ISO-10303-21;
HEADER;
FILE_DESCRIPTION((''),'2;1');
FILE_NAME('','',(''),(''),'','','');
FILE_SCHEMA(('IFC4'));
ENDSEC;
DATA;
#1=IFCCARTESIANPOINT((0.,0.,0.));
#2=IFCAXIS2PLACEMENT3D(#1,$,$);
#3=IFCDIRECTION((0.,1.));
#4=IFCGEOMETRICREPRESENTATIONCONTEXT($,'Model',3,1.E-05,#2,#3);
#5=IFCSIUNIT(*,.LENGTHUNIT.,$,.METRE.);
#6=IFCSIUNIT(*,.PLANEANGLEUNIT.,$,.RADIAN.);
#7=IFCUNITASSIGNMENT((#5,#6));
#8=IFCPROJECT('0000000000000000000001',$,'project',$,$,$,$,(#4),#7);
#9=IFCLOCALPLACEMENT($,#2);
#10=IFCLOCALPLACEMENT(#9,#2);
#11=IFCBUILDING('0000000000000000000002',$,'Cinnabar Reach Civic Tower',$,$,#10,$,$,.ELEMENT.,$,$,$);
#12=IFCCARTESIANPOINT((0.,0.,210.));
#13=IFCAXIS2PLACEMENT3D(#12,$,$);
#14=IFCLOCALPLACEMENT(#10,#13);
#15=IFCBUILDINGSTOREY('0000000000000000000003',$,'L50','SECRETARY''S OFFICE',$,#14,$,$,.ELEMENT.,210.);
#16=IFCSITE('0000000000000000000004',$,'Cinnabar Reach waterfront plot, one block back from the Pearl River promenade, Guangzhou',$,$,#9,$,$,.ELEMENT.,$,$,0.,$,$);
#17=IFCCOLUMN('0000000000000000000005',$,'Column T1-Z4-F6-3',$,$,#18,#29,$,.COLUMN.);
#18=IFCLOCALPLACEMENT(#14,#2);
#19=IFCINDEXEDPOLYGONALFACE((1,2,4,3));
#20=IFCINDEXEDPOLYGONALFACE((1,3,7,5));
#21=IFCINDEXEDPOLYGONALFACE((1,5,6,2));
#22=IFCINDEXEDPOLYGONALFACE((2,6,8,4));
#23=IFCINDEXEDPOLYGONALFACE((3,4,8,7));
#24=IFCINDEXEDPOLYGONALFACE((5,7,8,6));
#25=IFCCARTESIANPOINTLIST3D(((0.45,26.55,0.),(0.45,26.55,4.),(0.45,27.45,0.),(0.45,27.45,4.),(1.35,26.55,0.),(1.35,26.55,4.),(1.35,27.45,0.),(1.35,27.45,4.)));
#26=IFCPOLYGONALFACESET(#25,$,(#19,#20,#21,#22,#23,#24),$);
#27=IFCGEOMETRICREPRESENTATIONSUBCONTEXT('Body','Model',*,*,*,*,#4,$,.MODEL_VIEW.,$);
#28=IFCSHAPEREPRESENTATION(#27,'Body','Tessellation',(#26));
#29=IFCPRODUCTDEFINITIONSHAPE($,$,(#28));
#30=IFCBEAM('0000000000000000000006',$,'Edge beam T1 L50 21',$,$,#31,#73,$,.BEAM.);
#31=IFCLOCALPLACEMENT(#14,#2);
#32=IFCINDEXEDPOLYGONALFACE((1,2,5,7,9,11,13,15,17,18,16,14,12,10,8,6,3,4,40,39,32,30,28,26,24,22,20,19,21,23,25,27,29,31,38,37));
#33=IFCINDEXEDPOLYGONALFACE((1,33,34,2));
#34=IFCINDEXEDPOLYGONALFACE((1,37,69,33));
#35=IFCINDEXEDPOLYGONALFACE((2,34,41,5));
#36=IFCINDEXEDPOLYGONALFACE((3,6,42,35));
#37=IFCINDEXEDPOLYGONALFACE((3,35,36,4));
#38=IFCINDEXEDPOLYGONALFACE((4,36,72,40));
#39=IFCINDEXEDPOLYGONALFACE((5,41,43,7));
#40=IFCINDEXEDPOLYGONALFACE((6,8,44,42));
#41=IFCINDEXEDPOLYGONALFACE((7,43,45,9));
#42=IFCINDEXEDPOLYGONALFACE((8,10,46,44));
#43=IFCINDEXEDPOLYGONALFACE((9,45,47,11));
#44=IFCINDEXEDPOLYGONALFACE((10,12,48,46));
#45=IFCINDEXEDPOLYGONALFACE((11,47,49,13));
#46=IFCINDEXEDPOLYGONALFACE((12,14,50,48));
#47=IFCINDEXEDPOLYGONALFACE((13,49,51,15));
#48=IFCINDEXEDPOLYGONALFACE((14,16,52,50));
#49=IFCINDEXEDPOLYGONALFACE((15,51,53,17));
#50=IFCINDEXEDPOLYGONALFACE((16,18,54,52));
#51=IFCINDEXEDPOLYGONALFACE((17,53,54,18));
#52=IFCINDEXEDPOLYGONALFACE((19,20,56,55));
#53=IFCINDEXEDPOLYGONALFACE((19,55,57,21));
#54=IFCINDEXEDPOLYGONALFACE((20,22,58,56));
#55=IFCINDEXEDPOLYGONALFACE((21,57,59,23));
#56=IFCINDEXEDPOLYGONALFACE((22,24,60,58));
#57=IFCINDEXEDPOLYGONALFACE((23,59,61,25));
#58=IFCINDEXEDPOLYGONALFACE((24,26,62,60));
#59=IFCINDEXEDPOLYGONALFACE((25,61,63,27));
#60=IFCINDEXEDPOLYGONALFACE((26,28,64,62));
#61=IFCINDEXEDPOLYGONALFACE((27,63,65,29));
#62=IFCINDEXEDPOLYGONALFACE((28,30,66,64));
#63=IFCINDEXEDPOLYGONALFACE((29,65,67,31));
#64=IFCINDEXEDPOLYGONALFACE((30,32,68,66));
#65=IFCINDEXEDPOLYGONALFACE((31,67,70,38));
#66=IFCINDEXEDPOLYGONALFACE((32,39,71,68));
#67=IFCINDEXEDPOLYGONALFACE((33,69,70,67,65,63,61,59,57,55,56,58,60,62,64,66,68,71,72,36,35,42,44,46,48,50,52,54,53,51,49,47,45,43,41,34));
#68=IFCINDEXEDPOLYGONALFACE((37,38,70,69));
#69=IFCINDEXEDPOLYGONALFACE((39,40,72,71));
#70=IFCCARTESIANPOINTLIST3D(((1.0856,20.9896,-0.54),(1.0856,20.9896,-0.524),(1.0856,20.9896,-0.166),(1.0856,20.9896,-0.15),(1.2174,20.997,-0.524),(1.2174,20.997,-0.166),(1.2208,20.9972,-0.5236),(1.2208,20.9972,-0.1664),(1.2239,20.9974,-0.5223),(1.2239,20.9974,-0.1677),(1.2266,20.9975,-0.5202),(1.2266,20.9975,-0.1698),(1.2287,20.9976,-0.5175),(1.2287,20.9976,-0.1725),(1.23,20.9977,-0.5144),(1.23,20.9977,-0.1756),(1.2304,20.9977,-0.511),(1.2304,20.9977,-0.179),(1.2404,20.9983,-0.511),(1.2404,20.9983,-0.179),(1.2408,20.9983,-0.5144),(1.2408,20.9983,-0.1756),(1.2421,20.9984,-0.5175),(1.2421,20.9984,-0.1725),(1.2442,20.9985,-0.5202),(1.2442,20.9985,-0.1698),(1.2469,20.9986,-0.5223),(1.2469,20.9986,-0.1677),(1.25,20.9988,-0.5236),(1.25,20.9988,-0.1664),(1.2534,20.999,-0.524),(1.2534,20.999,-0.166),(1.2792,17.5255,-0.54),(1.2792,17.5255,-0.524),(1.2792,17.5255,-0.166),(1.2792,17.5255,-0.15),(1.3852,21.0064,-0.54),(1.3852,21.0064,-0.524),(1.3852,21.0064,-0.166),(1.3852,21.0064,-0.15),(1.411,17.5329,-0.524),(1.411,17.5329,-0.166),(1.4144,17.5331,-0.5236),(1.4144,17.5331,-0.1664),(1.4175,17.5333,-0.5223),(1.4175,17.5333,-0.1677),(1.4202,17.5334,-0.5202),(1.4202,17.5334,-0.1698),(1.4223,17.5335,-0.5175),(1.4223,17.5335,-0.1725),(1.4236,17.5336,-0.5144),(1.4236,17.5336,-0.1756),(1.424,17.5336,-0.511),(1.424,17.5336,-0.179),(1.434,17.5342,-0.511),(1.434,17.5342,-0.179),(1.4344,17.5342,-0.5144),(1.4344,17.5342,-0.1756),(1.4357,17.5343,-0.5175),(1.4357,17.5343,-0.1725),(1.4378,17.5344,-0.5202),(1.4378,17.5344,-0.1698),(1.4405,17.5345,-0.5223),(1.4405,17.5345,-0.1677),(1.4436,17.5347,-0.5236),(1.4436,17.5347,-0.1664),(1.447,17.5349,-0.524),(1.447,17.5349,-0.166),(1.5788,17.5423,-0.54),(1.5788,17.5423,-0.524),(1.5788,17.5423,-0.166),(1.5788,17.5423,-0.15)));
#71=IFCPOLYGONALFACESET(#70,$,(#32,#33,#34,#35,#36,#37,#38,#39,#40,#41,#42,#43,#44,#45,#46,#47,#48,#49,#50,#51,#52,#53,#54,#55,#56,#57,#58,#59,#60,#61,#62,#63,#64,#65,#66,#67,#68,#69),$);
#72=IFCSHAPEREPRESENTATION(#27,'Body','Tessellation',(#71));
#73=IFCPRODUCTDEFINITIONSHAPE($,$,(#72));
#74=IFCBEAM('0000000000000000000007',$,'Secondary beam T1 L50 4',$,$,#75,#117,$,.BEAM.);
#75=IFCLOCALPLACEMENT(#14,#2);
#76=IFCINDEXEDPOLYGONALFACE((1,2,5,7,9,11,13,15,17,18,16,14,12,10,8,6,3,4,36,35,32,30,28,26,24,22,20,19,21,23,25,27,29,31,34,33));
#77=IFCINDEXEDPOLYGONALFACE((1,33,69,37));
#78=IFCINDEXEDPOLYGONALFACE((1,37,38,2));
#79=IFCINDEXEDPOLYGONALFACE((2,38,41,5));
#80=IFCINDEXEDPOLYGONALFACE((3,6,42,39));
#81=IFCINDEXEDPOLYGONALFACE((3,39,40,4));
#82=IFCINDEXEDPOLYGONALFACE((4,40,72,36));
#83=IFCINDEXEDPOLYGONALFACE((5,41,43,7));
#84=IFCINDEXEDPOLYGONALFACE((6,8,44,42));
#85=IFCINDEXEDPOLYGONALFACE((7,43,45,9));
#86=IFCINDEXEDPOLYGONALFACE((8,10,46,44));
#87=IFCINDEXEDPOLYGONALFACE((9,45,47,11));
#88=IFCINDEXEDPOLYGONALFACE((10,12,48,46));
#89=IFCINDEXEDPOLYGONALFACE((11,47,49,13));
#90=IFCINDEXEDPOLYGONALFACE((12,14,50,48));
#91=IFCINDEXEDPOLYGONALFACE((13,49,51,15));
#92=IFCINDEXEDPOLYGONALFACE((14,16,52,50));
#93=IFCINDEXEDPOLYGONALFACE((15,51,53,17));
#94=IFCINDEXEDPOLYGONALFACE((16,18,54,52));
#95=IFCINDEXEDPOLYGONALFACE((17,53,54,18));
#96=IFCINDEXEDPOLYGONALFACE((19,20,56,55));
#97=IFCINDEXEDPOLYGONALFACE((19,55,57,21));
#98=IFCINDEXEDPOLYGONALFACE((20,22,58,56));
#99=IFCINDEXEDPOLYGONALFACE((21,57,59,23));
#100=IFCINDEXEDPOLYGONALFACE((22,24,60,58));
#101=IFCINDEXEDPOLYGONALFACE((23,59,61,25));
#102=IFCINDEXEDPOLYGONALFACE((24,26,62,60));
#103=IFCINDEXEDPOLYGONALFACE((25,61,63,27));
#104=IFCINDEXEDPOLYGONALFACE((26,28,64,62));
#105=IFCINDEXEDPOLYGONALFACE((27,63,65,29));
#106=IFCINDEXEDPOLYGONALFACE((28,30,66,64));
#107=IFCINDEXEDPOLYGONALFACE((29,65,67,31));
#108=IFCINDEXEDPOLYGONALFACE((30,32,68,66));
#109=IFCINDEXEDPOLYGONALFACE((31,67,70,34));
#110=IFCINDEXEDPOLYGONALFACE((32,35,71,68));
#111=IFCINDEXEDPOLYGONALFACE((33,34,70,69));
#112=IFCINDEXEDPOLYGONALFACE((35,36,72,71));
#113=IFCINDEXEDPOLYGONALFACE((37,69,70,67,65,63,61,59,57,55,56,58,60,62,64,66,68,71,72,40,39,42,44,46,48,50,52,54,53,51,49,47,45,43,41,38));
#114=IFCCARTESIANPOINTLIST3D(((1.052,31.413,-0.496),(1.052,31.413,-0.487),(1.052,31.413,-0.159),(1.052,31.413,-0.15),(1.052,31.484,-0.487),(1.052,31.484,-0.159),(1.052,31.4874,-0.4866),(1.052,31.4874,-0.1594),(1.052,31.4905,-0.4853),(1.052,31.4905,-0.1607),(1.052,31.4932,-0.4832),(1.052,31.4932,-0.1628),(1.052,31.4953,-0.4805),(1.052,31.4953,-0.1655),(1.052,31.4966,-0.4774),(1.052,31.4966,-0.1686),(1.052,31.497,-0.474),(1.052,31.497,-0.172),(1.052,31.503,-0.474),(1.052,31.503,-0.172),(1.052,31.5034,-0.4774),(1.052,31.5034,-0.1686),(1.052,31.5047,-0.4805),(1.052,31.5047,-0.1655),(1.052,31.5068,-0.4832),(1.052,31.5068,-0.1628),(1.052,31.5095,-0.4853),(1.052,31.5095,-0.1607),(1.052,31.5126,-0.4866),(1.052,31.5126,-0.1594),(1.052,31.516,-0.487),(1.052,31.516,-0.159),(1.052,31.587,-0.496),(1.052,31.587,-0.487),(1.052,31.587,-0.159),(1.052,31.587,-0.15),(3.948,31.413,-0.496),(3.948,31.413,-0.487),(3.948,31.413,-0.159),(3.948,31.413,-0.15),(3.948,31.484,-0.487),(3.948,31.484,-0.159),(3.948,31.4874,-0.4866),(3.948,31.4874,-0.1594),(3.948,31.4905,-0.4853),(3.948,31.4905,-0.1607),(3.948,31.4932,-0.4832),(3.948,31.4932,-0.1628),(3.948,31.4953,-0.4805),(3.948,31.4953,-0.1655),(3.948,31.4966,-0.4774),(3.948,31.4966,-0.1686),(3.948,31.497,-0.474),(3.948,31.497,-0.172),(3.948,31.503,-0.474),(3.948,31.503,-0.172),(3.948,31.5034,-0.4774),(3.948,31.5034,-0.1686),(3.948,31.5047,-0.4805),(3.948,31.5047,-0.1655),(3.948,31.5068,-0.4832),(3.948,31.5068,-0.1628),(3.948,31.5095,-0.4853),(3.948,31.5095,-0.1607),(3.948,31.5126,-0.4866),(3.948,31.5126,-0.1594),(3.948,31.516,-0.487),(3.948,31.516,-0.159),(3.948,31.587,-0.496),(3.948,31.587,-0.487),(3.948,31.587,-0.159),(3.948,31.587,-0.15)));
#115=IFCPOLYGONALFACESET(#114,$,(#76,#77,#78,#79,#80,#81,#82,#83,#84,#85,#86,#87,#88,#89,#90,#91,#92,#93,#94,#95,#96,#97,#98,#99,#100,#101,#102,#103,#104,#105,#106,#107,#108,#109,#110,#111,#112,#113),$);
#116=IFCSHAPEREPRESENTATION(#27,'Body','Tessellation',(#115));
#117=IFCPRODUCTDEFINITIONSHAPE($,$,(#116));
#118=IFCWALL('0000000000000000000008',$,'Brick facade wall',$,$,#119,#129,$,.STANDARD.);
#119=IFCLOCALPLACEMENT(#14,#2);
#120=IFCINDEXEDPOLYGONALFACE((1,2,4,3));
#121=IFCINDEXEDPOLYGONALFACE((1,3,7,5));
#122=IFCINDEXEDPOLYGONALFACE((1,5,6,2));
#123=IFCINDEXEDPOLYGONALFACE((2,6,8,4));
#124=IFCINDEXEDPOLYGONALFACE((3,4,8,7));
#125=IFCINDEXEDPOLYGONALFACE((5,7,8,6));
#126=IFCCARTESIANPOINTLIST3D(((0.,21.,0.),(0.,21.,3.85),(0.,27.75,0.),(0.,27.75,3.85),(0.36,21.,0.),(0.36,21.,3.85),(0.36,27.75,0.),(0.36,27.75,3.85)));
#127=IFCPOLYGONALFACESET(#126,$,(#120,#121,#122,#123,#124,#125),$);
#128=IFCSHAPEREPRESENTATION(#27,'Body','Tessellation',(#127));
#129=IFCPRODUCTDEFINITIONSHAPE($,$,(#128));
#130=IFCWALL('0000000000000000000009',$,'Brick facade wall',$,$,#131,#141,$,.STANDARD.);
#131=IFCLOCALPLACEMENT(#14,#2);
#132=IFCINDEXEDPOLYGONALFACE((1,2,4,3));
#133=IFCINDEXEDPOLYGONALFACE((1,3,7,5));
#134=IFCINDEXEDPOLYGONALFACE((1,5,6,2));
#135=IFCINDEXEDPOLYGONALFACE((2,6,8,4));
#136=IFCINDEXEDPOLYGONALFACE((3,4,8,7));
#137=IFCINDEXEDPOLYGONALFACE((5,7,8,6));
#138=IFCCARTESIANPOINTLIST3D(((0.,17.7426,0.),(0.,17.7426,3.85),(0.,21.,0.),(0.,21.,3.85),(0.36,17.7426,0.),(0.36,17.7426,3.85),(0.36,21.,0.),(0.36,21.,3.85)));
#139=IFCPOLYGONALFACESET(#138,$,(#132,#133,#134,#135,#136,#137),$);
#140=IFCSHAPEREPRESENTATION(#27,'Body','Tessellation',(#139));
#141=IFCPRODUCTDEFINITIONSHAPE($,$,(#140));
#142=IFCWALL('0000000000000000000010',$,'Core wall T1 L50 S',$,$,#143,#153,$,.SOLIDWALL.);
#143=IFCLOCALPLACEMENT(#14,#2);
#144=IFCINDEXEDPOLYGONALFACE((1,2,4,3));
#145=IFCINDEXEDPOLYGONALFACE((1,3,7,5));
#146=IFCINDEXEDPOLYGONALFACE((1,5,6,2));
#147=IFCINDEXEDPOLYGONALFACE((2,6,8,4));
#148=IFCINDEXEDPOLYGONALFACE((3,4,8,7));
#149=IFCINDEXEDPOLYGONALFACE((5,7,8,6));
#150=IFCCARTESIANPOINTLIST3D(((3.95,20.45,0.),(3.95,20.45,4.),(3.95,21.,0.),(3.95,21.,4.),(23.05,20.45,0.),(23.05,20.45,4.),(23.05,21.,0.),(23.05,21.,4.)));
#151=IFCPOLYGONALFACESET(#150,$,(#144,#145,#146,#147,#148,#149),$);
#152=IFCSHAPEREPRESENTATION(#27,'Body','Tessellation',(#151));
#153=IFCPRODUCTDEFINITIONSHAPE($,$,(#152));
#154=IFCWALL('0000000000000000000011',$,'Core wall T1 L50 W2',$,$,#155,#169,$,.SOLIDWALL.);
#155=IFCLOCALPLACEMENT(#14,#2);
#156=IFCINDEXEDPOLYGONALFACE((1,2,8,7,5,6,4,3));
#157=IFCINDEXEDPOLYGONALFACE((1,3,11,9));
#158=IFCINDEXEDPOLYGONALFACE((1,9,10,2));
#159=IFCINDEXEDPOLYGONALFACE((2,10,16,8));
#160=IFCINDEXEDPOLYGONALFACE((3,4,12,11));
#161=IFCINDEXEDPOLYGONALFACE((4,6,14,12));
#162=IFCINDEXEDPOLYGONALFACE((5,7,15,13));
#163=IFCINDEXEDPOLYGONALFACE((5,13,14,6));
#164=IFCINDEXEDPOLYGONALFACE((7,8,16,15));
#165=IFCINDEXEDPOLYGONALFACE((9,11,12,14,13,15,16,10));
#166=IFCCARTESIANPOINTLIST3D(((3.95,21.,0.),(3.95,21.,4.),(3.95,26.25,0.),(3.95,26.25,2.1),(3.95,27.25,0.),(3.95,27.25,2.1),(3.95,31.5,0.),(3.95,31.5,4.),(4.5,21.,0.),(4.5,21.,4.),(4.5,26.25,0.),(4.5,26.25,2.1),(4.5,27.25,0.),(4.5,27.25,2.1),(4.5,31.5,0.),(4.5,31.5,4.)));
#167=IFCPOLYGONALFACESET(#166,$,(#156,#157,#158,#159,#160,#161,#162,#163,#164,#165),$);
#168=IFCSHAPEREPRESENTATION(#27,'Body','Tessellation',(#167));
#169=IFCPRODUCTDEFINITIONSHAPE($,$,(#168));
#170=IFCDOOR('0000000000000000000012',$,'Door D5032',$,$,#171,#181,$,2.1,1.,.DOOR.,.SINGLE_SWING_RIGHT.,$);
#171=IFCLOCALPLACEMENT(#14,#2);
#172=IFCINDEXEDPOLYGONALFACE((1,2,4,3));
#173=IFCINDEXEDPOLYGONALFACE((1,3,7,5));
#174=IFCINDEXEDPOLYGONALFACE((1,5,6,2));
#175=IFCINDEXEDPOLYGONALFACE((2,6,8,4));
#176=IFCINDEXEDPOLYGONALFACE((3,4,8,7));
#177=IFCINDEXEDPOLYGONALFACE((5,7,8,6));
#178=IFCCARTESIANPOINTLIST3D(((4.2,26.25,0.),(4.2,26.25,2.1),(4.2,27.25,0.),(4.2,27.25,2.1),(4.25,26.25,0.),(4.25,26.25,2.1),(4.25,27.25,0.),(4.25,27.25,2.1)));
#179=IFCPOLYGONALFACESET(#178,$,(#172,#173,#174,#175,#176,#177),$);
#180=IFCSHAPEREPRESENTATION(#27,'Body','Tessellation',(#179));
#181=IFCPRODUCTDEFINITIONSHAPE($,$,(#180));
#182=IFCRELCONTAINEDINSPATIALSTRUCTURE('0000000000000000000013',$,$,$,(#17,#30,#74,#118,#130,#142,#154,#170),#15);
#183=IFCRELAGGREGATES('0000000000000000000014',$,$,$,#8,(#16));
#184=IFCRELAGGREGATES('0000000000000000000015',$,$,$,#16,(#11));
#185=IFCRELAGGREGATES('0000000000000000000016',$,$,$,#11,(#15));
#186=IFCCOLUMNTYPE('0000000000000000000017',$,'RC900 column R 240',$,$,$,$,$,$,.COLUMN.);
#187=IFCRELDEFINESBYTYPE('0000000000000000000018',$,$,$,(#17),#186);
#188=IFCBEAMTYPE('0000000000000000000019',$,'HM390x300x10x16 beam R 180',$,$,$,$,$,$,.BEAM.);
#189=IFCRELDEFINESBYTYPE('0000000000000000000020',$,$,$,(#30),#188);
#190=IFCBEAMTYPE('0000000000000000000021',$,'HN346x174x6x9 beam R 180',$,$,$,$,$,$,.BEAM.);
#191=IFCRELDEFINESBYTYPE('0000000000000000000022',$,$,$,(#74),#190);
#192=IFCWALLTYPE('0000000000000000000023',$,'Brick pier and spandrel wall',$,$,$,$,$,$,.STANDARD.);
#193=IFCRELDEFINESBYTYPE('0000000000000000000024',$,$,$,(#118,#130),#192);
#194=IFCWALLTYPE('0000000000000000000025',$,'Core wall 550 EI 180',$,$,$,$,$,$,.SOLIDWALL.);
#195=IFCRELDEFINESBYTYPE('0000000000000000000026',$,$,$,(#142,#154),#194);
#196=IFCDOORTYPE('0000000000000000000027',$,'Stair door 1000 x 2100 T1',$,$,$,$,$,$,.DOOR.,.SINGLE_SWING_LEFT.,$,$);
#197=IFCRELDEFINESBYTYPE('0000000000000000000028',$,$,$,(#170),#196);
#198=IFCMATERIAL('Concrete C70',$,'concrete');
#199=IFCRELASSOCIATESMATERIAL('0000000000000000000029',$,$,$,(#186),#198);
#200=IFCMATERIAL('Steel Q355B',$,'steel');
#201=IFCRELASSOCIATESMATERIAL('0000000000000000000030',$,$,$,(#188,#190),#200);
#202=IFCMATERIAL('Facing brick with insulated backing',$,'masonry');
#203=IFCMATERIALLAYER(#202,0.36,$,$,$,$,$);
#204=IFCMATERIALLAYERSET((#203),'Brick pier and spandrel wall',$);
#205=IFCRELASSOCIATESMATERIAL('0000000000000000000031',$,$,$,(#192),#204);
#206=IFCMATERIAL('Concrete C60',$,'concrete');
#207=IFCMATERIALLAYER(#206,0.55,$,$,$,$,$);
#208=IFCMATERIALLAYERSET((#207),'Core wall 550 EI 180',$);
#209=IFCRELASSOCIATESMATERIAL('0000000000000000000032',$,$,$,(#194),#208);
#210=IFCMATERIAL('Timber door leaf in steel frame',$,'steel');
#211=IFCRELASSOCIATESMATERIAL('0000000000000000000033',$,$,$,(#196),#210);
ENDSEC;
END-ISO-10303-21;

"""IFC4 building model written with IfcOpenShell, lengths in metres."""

from ifc_helpers import new_model, si_unit, direction, frame, frame_2d, origin, origin_2d, place, context, subcontext, project, spatial, rectangle, i_section, extrude, material, layer, layer_set, material_profile, profile_set, type_object, element, fill, save


model = new_model("IFC4")

# Units and contexts
model_context = context("Model", 3, precision=1e-05, world=origin(), true_north=direction((0.0, 1.0)))
body_context = subcontext(model_context, "Body", "Model", "MODEL_VIEW")
ifc_project = project(units=[si_unit("LENGTHUNIT", "METRE"), si_unit("PLANEANGLEUNIT", "RADIAN")], contexts=[model_context])

# Site, building, storey
site_placement = place(None, origin())
site = spatial("IfcSite", under=ifc_project, at=site_placement, Name="Cinnabar Reach waterfront plot, one block back from the Pearl River promenade, Guangzhou", CompositionType="ELEMENT", RefElevation=0.0)
building_placement = place(site_placement, origin())
building = spatial("IfcBuilding", under=site, at=building_placement, Name="Cinnabar Reach Civic Tower", CompositionType="ELEMENT")
storey_placement = place(building_placement, frame((0.0, 0.0, 210.0)))
storey = spatial("IfcBuildingStorey", under=building, at=storey_placement, Name="L50", Description="SECRETARY'S OFFICE", CompositionType="ELEMENT", Elevation=210.0)

# Column
ifc_material_1 = material(Name="Concrete C70", Category="concrete")
ifc_material_profile_1 = material_profile(ifc_material_1, rectangle(XDim=0.9, YDim=0.9, at=origin_2d()), Name="RC900")
ifc_profile_set_1 = profile_set([ifc_material_profile_1], Name="Concrete C70")
column_type = type_object("IfcColumnType", Name="RC900 column R 240", PredefinedType="COLUMN", material=ifc_profile_set_1)
column_placement = place(storey_placement, frame((0.9, 27.0, 0.0), z_axis=(0.0, 0.0, 1.0), x_axis=(1.0, 0.0, 0.0)))
element("IfcColumn", 1, at=column_placement, inside=storey, type_object=column_type, Name="Column T1-Z4-F6-3", PredefinedType="COLUMN", context=body_context, shape_type="SweptSolid", body=[
    extrude(rectangle(XDim=0.9, YDim=0.9, at=origin_2d()), origin(), (0.0, 0.0, 1.0), 4.0),
])

# Beams
ifc_material_2 = material(Name="Steel Q355B", Category="steel")
ifc_material_profile_2 = material_profile(ifc_material_2, i_section(OverallWidth=0.3, OverallDepth=0.39, WebThickness=0.01, FlangeThickness=0.016, FilletRadius=0.013, at=origin_2d()), Name="HM390x300x10x16")
ifc_profile_set_2 = profile_set([ifc_material_profile_2], Name="Steel Q355B")
beam_type_1 = type_object("IfcBeamType", Name="HM390x300x10x16 beam R 180", PredefinedType="BEAM", material=ifc_profile_set_2)
beam_1_placement = place(storey_placement, frame((1.2354, 20.998, -0.345), z_axis=(0.0558, -0.998442, 0.0), x_axis=(0.998442, 0.0558, 0.0)))
element("IfcBeam", 2, at=beam_1_placement, inside=storey, type_object=beam_type_1, Name="Edge beam T1 L50 21", PredefinedType="BEAM", context=body_context, shape_type="SweptSolid", body=[
    extrude(i_section(OverallWidth=0.3, OverallDepth=0.39, WebThickness=0.01, FlangeThickness=0.016, FilletRadius=0.013, at=origin_2d()), origin(), (0.0, 0.0, 1.0), 3.4695),
])
ifc_material_profile_3 = material_profile(ifc_material_2, i_section(OverallWidth=0.174, OverallDepth=0.346, WebThickness=0.006, FlangeThickness=0.009, FilletRadius=0.013, at=origin_2d()), Name="HN346x174x6x9")
ifc_profile_set_3 = profile_set([ifc_material_profile_3], Name="Steel Q355B")
beam_type_2 = type_object("IfcBeamType", Name="HN346x174x6x9 beam R 180", PredefinedType="BEAM", material=ifc_profile_set_3)
beam_2_placement = place(storey_placement, frame((1.052, 31.5, -0.323), z_axis=(1.0, 0.0, 0.0), x_axis=(0.0, 1.0, 0.0)))
element("IfcBeam", 3, at=beam_2_placement, inside=storey, type_object=beam_type_2, Name="Secondary beam T1 L50 4", PredefinedType="BEAM", context=body_context, shape_type="SweptSolid", body=[
    extrude(i_section(OverallWidth=0.174, OverallDepth=0.346, WebThickness=0.006, FlangeThickness=0.009, FilletRadius=0.013, at=origin_2d()), origin(), (0.0, 0.0, 1.0), 2.896),
])

# Walls
ifc_material_3 = material(Name="Facing brick with insulated backing", Category="masonry")
ifc_layer_1 = layer(ifc_material_3, 0.36)
ifc_layer_set_1 = layer_set([ifc_layer_1], Name="Brick pier and spandrel wall")
wall_type_1 = type_object("IfcWallType", Name="Brick pier and spandrel wall", PredefinedType="STANDARD", material=ifc_layer_set_1)
wall_1_placement = place(storey_placement, frame((0.18, 27.75, 0.0), z_axis=(0.0, 0.0, 1.0), x_axis=(0.0, -1.0, 0.0)))
element("IfcWall", 4, at=wall_1_placement, inside=storey, type_object=wall_type_1, Name="Brick facade wall", PredefinedType="STANDARD", context=body_context, shape_type="SweptSolid", body=[
    extrude(rectangle(XDim=6.75, YDim=0.36, at=frame_2d((3.375, 0.0))), origin(), (0.0, 0.0, 1.0), 3.85),
])
wall_2_placement = place(storey_placement, frame((0.18, 21.0, 0.0), z_axis=(0.0, 0.0, 1.0), x_axis=(0.0, -1.0, 0.0)))
element("IfcWall", 5, at=wall_2_placement, inside=storey, type_object=wall_type_1, Name="Brick facade wall", PredefinedType="STANDARD", context=body_context, shape_type="SweptSolid", body=[
    extrude(rectangle(XDim=3.2574, YDim=0.36, at=frame_2d((1.6287, 0.0))), origin(), (0.0, 0.0, 1.0), 3.85),
])
ifc_material_4 = material(Name="Concrete C60", Category="concrete")
ifc_layer_2 = layer(ifc_material_4, 0.55)
ifc_layer_set_2 = layer_set([ifc_layer_2], Name="Core wall 550 EI 180")
wall_type_2 = type_object("IfcWallType", Name="Core wall 550 EI 180", PredefinedType="SOLIDWALL", material=ifc_layer_set_2)
wall_3_placement = place(storey_placement, frame((3.95, 20.725, 0.0), z_axis=(0.0, 0.0, 1.0), x_axis=(1.0, 0.0, 0.0)))
element("IfcWall", 6, at=wall_3_placement, inside=storey, type_object=wall_type_2, Name="Core wall T1 L50 S", PredefinedType="SOLIDWALL", context=body_context, shape_type="SweptSolid", body=[
    extrude(rectangle(XDim=19.1, YDim=0.55, at=frame_2d((9.55, 0.0))), origin(), (0.0, 0.0, 1.0), 4.0),
])

# Wall, opening, door
wall_4_placement = place(storey_placement, frame((4.225, 31.5, 0.0), z_axis=(0.0, 0.0, 1.0), x_axis=(0.0, -1.0, 0.0)))
wall_4 = element("IfcWall", 7, at=wall_4_placement, inside=storey, type_object=wall_type_2, Name="Core wall T1 L50 W2", PredefinedType="SOLIDWALL", context=body_context, shape_type="SweptSolid", body=[
    extrude(rectangle(XDim=10.5, YDim=0.55, at=frame_2d((5.25, 0.0))), origin(), (0.0, 0.0, 1.0), 4.0),
])
opening_1_placement = place(wall_4_placement, frame((4.25, 0.0, 0.0)))
opening_1 = element("IfcOpeningElement", 8, at=opening_1_placement, cuts=wall_4, PredefinedType="OPENING", context=body_context, shape_type="SweptSolid", body=[
    extrude(rectangle(XDim=1.0, YDim=2.1, at=frame_2d((0.5, 1.05))), frame((0.0, 0.285, 0.0), z_axis=(0.0, -1.0, 0.0), x_axis=(1.0, 0.0, 0.0)), (0.0, 0.0, 1.0), 0.57),
])
ifc_material_5 = material(Name="Timber door leaf in steel frame", Category="steel")
door_type_1 = type_object("IfcDoorType", Name="Stair door 1000 x 2100 T1", OperationType="SINGLE_SWING_LEFT", PredefinedType="DOOR", material=ifc_material_5)
door_1_placement = place(opening_1_placement, frame((1.0, 0.0, 0.0), z_axis=(0.0, 0.0, 1.0), x_axis=(-1.0, 0.0, 0.0)))
door_1 = element("IfcDoor", 9, at=door_1_placement, inside=storey, type_object=door_type_1, Name="Door D5032", OperationType="SINGLE_SWING_RIGHT", OverallHeight=2.1, OverallWidth=1.0, PredefinedType="DOOR", context=body_context, shape_type="SweptSolid", body=[
    extrude(rectangle(XDim=1.0, YDim=2.1, at=frame_2d((0.5, 1.05))), frame((0.0, 0.025, 0.0), z_axis=(0.0, -1.0, 0.0), x_axis=(1.0, 0.0, 0.0)), (0.0, 0.0, 1.0), 0.05),
])
fill(opening_1, door_1)

save(model, "model.ifc")
